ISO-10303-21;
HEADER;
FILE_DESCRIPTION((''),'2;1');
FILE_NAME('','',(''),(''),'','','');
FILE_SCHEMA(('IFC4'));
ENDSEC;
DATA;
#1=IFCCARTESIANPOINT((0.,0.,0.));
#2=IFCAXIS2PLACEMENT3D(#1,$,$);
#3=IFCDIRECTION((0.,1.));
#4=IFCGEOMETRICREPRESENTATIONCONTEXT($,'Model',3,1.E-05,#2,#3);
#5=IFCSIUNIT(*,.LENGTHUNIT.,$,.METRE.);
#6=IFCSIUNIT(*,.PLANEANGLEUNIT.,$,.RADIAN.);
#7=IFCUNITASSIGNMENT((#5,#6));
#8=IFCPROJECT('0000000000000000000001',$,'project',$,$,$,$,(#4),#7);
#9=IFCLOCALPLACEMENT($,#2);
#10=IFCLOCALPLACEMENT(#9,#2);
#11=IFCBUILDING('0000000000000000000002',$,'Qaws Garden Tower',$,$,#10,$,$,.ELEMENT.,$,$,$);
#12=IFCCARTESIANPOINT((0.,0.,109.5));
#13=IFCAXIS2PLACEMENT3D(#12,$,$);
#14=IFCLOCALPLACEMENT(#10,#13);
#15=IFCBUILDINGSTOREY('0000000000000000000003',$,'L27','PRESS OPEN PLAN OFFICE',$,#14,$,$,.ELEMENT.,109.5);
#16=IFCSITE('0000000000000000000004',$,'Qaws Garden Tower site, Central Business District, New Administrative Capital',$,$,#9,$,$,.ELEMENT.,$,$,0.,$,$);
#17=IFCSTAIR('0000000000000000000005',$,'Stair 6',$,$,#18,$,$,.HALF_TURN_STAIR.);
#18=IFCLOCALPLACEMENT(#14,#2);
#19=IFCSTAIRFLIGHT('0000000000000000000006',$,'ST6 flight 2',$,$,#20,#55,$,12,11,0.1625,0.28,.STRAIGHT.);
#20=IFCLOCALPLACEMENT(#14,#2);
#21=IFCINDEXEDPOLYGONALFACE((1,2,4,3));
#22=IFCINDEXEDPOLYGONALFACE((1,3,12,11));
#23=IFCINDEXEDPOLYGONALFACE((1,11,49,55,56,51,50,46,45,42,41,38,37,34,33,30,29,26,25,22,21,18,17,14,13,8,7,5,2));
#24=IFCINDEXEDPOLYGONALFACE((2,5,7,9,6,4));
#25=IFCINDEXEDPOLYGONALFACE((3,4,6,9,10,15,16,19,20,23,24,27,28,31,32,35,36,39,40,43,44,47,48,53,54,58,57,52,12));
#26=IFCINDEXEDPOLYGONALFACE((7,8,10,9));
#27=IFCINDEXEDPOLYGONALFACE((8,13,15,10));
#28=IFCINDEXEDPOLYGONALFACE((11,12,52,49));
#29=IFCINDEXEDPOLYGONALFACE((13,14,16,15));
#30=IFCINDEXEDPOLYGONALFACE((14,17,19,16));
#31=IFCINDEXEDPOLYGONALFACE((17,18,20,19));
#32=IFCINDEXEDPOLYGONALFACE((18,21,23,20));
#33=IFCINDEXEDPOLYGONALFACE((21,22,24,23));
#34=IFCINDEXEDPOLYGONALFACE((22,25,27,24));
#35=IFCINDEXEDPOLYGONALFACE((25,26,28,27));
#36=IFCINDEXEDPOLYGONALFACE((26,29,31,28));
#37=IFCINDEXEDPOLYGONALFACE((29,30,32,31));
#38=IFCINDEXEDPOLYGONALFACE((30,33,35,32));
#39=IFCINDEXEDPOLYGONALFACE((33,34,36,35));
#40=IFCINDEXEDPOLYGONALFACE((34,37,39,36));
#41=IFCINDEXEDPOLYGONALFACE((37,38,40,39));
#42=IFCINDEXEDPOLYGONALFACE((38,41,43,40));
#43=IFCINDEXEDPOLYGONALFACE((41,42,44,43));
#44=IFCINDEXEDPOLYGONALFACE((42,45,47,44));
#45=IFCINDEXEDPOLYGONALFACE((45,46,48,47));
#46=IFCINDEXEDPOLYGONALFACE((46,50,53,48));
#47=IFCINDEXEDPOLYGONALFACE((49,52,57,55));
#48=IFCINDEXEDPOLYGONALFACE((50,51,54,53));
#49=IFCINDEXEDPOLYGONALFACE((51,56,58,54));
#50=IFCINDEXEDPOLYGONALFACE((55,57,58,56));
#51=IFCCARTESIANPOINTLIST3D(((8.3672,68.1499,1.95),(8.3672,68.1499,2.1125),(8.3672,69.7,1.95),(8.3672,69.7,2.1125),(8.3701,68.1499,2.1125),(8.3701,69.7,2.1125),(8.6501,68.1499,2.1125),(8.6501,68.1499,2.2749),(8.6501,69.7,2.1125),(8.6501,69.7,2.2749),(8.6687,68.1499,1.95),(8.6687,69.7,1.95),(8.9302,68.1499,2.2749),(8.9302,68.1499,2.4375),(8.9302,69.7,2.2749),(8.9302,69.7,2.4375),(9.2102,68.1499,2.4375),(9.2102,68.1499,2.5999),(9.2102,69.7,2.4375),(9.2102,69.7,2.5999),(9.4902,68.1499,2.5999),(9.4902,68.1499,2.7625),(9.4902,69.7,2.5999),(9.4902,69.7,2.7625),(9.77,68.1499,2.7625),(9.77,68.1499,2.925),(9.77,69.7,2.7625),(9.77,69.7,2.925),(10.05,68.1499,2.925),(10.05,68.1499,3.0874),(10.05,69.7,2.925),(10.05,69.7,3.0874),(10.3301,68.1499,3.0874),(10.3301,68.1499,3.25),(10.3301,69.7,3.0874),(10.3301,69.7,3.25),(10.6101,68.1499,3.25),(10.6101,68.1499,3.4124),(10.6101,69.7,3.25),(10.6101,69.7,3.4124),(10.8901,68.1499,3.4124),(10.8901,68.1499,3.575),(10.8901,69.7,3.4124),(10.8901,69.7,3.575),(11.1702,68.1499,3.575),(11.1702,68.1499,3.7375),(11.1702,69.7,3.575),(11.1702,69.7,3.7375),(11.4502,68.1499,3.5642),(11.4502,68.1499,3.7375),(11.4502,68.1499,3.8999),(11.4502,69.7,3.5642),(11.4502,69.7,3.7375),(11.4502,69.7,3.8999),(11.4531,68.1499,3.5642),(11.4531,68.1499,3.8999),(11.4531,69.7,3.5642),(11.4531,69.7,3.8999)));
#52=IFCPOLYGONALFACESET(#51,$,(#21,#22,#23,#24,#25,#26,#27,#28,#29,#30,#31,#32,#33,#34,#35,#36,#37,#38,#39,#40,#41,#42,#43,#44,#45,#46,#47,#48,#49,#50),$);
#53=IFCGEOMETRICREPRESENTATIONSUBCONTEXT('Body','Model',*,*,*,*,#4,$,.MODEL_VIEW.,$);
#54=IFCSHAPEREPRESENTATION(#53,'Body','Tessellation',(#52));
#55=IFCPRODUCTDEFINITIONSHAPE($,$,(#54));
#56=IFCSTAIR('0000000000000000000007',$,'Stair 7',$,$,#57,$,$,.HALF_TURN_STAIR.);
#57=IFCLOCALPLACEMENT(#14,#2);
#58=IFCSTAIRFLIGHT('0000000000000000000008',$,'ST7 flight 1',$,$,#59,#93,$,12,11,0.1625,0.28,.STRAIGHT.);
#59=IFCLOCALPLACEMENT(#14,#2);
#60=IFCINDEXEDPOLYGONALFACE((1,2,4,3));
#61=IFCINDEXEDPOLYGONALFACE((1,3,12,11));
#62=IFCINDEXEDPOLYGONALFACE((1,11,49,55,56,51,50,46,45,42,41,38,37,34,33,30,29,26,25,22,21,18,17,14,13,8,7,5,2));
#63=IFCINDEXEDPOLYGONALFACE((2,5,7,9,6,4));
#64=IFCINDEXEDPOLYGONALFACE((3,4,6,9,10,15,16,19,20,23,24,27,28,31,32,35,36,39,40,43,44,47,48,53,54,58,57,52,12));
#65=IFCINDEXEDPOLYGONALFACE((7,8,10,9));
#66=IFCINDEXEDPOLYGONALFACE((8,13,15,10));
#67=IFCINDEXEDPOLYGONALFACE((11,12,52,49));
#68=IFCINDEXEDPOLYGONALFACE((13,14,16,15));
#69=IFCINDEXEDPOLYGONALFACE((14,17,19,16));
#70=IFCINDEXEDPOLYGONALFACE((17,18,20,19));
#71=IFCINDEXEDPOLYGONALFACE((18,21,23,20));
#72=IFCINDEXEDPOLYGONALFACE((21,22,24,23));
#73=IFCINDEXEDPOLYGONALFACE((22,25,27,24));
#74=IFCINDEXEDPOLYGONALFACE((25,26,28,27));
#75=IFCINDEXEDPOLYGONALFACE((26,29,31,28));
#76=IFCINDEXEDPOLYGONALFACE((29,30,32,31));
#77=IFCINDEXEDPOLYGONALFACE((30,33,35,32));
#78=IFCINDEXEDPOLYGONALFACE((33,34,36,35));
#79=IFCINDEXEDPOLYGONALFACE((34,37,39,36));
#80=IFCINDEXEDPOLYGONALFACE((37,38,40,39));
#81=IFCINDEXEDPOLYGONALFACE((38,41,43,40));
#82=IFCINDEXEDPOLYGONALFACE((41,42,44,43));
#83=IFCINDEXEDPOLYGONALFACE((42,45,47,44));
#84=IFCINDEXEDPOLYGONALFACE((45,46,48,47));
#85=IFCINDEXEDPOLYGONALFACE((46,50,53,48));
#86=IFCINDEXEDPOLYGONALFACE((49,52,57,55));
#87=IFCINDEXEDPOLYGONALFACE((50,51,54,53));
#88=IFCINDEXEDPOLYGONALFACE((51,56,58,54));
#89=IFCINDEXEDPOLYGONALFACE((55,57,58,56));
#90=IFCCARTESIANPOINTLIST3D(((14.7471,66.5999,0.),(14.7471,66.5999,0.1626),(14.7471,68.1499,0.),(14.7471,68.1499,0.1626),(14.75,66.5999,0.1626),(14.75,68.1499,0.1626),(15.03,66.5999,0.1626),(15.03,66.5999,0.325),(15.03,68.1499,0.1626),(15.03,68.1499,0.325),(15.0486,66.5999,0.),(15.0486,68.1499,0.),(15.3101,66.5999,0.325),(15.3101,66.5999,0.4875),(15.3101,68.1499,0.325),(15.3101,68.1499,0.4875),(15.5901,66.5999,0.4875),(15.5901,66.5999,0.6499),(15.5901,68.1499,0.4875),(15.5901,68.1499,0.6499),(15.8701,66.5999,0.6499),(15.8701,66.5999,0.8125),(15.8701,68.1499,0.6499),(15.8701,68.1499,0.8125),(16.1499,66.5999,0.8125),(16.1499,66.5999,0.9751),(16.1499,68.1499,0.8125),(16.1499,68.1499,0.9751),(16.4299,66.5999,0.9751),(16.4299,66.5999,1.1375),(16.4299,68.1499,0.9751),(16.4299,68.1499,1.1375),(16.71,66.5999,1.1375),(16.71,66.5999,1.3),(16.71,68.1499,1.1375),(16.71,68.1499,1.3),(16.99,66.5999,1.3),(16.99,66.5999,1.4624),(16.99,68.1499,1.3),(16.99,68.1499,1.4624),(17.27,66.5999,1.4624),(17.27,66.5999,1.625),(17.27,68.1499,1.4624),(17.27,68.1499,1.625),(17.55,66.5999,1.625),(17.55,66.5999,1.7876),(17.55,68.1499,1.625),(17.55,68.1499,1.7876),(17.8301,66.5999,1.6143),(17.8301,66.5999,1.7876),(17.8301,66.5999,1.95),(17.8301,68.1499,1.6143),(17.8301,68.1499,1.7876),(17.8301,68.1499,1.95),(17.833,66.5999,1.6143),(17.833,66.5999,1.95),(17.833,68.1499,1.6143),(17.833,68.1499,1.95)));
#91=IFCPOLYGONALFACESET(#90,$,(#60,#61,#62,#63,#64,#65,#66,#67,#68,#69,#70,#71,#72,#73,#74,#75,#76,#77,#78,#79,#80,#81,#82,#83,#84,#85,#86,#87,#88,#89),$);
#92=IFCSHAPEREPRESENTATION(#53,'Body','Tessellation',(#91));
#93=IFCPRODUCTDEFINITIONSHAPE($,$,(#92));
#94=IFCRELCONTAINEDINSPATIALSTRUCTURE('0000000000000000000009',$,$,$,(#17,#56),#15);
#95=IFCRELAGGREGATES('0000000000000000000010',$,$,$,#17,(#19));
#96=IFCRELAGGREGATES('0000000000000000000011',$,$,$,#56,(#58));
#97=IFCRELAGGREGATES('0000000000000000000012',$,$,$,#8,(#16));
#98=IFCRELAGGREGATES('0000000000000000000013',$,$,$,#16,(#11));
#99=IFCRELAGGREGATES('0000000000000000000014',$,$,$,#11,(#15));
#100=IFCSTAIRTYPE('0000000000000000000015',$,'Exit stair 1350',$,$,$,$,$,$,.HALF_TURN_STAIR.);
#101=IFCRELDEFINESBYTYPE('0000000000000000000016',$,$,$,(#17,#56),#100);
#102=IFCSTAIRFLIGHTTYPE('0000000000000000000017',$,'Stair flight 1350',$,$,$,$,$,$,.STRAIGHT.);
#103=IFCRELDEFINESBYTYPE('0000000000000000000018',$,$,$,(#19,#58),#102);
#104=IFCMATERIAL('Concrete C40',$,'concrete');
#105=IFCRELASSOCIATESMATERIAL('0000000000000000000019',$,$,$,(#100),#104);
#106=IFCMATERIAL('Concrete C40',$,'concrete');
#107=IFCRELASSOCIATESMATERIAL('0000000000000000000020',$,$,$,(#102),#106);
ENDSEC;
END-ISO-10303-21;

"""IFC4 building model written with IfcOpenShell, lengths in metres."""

from ifc_helpers import new_model, si_unit, direction, frame, origin, place, context, subcontext, project, spatial, polyline, outline, extrude, material, type_object, element, aggregate, save


model = new_model("IFC4")

# Units and contexts
model_context = context("Model", 3, precision=1e-05, world=origin(), true_north=direction((0.0, 1.0)))
body_context = subcontext(model_context, "Body", "Model", "MODEL_VIEW")
ifc_project = project(units=[si_unit("LENGTHUNIT", "METRE"), si_unit("PLANEANGLEUNIT", "RADIAN")], contexts=[model_context])

# Site, building, storey
site_placement = place(None, origin())
site = spatial("IfcSite", under=ifc_project, at=site_placement, Name="Qaws Garden Tower site, Central Business District, New Administrative Capital", CompositionType="ELEMENT", RefElevation=0.0)
building_placement = place(site_placement, origin())
building = spatial("IfcBuilding", under=site, at=building_placement, Name="Qaws Garden Tower", CompositionType="ELEMENT")
storey_placement = place(building_placement, frame((0.0, 0.0, 109.5)))
storey = spatial("IfcBuildingStorey", under=building, at=storey_placement, Name="L27", Description="PRESS OPEN PLAN OFFICE", CompositionType="ELEMENT", Elevation=109.5)

# Stair, stair flight
ifc_material_1 = material(Name="Concrete C40", Category="concrete")
stair_type = type_object("IfcStairType", Name="Exit stair 1350", PredefinedType="HALF_TURN_STAIR", material=ifc_material_1)
placement = place(storey_placement, origin())
stair_1 = element("IfcStair", 1, at=placement, inside=storey, type_object=stair_type, Name="Stair 6", PredefinedType="HALF_TURN_STAIR")
ifc_material_2 = material(Name="Concrete C40", Category="concrete")
stair_flight_type = type_object("IfcStairFlightType", Name="Stair flight 1350", PredefinedType="STRAIGHT", material=ifc_material_2)
stair_flight_1_placement = place(storey_placement, frame((8.3701, 68.925, 1.95), z_axis=(0.0, 0.0, 1.0), x_axis=(1.0, 0.0, 0.0)))
stair_flight_1 = element("IfcStairFlight", 2, at=stair_flight_1_placement, type_object=stair_flight_type, Name="ST6 flight 2", NumberOfRisers=12, NumberOfTreads=11, PredefinedType="STRAIGHT", RiserHeight=0.1625, TreadLength=0.28, context=body_context, shape_type="SweptSolid", body=[
    extrude(outline(polyline([(-0.0029, 0.0), (-0.0029, 0.1626), (0.0, 0.1626), (0.28, 0.1626), (0.28, 0.325), (0.5601, 0.325), (0.5601, 0.4875), (0.8401, 0.4875), (0.8401, 0.6499), (1.1201, 0.6499), (1.1201, 0.8125), (1.3999, 0.8125), (1.3999, 0.9751), (1.6799, 0.9751), (1.6799, 1.1375), (1.96, 1.1375), (1.96, 1.3), (2.24, 1.3), (2.24, 1.4624), (2.52, 1.4624), (2.52, 1.625), (2.8, 1.625), (2.8, 1.7876), (3.0801, 1.7876), (3.0801, 1.95), (3.083, 1.95), (3.083, 1.6143), (3.0801, 1.6143), (0.2986, 0.0), (-0.0029, 0.0)])), frame((0.0, 0.7749, 0.0), z_axis=(0.0, -1.0, 0.0), x_axis=(1.0, 0.0, 0.0)), (0.0, 0.0, 1.0), 1.55),
])
aggregate(stair_1, [stair_flight_1])

# Stair, stair flight
stair_2 = element("IfcStair", 3, at=placement, inside=storey, type_object=stair_type, Name="Stair 7", PredefinedType="HALF_TURN_STAIR")
stair_flight_2_placement = place(storey_placement, frame((14.75, 67.375, 0.0), z_axis=(0.0, 0.0, 1.0), x_axis=(1.0, 0.0, 0.0)))
stair_flight_2 = element("IfcStairFlight", 4, at=stair_flight_2_placement, type_object=stair_flight_type, Name="ST7 flight 1", NumberOfRisers=12, NumberOfTreads=11, PredefinedType="STRAIGHT", RiserHeight=0.1625, TreadLength=0.28, context=body_context, shape_type="SweptSolid", body=[
    extrude(outline(polyline([(-0.0029, 0.0), (-0.0029, 0.1626), (0.0, 0.1626), (0.28, 0.1626), (0.28, 0.325), (0.5601, 0.325), (0.5601, 0.4875), (0.8401, 0.4875), (0.8401, 0.6499), (1.1201, 0.6499), (1.1201, 0.8125), (1.3999, 0.8125), (1.3999, 0.9751), (1.6799, 0.9751), (1.6799, 1.1375), (1.96, 1.1375), (1.96, 1.3), (2.24, 1.3), (2.24, 1.4624), (2.52, 1.4624), (2.52, 1.625), (2.8, 1.625), (2.8, 1.7876), (3.0801, 1.7876), (3.0801, 1.95), (3.083, 1.95), (3.083, 1.6143), (3.0801, 1.6143), (0.2986, 0.0), (-0.0029, 0.0)])), frame((0.0, 0.7749, 0.0), z_axis=(0.0, -1.0, 0.0), x_axis=(1.0, 0.0, 0.0)), (0.0, 0.0, 1.0), 1.55),
])
aggregate(stair_2, [stair_flight_2])

save(model, "model.ifc")
